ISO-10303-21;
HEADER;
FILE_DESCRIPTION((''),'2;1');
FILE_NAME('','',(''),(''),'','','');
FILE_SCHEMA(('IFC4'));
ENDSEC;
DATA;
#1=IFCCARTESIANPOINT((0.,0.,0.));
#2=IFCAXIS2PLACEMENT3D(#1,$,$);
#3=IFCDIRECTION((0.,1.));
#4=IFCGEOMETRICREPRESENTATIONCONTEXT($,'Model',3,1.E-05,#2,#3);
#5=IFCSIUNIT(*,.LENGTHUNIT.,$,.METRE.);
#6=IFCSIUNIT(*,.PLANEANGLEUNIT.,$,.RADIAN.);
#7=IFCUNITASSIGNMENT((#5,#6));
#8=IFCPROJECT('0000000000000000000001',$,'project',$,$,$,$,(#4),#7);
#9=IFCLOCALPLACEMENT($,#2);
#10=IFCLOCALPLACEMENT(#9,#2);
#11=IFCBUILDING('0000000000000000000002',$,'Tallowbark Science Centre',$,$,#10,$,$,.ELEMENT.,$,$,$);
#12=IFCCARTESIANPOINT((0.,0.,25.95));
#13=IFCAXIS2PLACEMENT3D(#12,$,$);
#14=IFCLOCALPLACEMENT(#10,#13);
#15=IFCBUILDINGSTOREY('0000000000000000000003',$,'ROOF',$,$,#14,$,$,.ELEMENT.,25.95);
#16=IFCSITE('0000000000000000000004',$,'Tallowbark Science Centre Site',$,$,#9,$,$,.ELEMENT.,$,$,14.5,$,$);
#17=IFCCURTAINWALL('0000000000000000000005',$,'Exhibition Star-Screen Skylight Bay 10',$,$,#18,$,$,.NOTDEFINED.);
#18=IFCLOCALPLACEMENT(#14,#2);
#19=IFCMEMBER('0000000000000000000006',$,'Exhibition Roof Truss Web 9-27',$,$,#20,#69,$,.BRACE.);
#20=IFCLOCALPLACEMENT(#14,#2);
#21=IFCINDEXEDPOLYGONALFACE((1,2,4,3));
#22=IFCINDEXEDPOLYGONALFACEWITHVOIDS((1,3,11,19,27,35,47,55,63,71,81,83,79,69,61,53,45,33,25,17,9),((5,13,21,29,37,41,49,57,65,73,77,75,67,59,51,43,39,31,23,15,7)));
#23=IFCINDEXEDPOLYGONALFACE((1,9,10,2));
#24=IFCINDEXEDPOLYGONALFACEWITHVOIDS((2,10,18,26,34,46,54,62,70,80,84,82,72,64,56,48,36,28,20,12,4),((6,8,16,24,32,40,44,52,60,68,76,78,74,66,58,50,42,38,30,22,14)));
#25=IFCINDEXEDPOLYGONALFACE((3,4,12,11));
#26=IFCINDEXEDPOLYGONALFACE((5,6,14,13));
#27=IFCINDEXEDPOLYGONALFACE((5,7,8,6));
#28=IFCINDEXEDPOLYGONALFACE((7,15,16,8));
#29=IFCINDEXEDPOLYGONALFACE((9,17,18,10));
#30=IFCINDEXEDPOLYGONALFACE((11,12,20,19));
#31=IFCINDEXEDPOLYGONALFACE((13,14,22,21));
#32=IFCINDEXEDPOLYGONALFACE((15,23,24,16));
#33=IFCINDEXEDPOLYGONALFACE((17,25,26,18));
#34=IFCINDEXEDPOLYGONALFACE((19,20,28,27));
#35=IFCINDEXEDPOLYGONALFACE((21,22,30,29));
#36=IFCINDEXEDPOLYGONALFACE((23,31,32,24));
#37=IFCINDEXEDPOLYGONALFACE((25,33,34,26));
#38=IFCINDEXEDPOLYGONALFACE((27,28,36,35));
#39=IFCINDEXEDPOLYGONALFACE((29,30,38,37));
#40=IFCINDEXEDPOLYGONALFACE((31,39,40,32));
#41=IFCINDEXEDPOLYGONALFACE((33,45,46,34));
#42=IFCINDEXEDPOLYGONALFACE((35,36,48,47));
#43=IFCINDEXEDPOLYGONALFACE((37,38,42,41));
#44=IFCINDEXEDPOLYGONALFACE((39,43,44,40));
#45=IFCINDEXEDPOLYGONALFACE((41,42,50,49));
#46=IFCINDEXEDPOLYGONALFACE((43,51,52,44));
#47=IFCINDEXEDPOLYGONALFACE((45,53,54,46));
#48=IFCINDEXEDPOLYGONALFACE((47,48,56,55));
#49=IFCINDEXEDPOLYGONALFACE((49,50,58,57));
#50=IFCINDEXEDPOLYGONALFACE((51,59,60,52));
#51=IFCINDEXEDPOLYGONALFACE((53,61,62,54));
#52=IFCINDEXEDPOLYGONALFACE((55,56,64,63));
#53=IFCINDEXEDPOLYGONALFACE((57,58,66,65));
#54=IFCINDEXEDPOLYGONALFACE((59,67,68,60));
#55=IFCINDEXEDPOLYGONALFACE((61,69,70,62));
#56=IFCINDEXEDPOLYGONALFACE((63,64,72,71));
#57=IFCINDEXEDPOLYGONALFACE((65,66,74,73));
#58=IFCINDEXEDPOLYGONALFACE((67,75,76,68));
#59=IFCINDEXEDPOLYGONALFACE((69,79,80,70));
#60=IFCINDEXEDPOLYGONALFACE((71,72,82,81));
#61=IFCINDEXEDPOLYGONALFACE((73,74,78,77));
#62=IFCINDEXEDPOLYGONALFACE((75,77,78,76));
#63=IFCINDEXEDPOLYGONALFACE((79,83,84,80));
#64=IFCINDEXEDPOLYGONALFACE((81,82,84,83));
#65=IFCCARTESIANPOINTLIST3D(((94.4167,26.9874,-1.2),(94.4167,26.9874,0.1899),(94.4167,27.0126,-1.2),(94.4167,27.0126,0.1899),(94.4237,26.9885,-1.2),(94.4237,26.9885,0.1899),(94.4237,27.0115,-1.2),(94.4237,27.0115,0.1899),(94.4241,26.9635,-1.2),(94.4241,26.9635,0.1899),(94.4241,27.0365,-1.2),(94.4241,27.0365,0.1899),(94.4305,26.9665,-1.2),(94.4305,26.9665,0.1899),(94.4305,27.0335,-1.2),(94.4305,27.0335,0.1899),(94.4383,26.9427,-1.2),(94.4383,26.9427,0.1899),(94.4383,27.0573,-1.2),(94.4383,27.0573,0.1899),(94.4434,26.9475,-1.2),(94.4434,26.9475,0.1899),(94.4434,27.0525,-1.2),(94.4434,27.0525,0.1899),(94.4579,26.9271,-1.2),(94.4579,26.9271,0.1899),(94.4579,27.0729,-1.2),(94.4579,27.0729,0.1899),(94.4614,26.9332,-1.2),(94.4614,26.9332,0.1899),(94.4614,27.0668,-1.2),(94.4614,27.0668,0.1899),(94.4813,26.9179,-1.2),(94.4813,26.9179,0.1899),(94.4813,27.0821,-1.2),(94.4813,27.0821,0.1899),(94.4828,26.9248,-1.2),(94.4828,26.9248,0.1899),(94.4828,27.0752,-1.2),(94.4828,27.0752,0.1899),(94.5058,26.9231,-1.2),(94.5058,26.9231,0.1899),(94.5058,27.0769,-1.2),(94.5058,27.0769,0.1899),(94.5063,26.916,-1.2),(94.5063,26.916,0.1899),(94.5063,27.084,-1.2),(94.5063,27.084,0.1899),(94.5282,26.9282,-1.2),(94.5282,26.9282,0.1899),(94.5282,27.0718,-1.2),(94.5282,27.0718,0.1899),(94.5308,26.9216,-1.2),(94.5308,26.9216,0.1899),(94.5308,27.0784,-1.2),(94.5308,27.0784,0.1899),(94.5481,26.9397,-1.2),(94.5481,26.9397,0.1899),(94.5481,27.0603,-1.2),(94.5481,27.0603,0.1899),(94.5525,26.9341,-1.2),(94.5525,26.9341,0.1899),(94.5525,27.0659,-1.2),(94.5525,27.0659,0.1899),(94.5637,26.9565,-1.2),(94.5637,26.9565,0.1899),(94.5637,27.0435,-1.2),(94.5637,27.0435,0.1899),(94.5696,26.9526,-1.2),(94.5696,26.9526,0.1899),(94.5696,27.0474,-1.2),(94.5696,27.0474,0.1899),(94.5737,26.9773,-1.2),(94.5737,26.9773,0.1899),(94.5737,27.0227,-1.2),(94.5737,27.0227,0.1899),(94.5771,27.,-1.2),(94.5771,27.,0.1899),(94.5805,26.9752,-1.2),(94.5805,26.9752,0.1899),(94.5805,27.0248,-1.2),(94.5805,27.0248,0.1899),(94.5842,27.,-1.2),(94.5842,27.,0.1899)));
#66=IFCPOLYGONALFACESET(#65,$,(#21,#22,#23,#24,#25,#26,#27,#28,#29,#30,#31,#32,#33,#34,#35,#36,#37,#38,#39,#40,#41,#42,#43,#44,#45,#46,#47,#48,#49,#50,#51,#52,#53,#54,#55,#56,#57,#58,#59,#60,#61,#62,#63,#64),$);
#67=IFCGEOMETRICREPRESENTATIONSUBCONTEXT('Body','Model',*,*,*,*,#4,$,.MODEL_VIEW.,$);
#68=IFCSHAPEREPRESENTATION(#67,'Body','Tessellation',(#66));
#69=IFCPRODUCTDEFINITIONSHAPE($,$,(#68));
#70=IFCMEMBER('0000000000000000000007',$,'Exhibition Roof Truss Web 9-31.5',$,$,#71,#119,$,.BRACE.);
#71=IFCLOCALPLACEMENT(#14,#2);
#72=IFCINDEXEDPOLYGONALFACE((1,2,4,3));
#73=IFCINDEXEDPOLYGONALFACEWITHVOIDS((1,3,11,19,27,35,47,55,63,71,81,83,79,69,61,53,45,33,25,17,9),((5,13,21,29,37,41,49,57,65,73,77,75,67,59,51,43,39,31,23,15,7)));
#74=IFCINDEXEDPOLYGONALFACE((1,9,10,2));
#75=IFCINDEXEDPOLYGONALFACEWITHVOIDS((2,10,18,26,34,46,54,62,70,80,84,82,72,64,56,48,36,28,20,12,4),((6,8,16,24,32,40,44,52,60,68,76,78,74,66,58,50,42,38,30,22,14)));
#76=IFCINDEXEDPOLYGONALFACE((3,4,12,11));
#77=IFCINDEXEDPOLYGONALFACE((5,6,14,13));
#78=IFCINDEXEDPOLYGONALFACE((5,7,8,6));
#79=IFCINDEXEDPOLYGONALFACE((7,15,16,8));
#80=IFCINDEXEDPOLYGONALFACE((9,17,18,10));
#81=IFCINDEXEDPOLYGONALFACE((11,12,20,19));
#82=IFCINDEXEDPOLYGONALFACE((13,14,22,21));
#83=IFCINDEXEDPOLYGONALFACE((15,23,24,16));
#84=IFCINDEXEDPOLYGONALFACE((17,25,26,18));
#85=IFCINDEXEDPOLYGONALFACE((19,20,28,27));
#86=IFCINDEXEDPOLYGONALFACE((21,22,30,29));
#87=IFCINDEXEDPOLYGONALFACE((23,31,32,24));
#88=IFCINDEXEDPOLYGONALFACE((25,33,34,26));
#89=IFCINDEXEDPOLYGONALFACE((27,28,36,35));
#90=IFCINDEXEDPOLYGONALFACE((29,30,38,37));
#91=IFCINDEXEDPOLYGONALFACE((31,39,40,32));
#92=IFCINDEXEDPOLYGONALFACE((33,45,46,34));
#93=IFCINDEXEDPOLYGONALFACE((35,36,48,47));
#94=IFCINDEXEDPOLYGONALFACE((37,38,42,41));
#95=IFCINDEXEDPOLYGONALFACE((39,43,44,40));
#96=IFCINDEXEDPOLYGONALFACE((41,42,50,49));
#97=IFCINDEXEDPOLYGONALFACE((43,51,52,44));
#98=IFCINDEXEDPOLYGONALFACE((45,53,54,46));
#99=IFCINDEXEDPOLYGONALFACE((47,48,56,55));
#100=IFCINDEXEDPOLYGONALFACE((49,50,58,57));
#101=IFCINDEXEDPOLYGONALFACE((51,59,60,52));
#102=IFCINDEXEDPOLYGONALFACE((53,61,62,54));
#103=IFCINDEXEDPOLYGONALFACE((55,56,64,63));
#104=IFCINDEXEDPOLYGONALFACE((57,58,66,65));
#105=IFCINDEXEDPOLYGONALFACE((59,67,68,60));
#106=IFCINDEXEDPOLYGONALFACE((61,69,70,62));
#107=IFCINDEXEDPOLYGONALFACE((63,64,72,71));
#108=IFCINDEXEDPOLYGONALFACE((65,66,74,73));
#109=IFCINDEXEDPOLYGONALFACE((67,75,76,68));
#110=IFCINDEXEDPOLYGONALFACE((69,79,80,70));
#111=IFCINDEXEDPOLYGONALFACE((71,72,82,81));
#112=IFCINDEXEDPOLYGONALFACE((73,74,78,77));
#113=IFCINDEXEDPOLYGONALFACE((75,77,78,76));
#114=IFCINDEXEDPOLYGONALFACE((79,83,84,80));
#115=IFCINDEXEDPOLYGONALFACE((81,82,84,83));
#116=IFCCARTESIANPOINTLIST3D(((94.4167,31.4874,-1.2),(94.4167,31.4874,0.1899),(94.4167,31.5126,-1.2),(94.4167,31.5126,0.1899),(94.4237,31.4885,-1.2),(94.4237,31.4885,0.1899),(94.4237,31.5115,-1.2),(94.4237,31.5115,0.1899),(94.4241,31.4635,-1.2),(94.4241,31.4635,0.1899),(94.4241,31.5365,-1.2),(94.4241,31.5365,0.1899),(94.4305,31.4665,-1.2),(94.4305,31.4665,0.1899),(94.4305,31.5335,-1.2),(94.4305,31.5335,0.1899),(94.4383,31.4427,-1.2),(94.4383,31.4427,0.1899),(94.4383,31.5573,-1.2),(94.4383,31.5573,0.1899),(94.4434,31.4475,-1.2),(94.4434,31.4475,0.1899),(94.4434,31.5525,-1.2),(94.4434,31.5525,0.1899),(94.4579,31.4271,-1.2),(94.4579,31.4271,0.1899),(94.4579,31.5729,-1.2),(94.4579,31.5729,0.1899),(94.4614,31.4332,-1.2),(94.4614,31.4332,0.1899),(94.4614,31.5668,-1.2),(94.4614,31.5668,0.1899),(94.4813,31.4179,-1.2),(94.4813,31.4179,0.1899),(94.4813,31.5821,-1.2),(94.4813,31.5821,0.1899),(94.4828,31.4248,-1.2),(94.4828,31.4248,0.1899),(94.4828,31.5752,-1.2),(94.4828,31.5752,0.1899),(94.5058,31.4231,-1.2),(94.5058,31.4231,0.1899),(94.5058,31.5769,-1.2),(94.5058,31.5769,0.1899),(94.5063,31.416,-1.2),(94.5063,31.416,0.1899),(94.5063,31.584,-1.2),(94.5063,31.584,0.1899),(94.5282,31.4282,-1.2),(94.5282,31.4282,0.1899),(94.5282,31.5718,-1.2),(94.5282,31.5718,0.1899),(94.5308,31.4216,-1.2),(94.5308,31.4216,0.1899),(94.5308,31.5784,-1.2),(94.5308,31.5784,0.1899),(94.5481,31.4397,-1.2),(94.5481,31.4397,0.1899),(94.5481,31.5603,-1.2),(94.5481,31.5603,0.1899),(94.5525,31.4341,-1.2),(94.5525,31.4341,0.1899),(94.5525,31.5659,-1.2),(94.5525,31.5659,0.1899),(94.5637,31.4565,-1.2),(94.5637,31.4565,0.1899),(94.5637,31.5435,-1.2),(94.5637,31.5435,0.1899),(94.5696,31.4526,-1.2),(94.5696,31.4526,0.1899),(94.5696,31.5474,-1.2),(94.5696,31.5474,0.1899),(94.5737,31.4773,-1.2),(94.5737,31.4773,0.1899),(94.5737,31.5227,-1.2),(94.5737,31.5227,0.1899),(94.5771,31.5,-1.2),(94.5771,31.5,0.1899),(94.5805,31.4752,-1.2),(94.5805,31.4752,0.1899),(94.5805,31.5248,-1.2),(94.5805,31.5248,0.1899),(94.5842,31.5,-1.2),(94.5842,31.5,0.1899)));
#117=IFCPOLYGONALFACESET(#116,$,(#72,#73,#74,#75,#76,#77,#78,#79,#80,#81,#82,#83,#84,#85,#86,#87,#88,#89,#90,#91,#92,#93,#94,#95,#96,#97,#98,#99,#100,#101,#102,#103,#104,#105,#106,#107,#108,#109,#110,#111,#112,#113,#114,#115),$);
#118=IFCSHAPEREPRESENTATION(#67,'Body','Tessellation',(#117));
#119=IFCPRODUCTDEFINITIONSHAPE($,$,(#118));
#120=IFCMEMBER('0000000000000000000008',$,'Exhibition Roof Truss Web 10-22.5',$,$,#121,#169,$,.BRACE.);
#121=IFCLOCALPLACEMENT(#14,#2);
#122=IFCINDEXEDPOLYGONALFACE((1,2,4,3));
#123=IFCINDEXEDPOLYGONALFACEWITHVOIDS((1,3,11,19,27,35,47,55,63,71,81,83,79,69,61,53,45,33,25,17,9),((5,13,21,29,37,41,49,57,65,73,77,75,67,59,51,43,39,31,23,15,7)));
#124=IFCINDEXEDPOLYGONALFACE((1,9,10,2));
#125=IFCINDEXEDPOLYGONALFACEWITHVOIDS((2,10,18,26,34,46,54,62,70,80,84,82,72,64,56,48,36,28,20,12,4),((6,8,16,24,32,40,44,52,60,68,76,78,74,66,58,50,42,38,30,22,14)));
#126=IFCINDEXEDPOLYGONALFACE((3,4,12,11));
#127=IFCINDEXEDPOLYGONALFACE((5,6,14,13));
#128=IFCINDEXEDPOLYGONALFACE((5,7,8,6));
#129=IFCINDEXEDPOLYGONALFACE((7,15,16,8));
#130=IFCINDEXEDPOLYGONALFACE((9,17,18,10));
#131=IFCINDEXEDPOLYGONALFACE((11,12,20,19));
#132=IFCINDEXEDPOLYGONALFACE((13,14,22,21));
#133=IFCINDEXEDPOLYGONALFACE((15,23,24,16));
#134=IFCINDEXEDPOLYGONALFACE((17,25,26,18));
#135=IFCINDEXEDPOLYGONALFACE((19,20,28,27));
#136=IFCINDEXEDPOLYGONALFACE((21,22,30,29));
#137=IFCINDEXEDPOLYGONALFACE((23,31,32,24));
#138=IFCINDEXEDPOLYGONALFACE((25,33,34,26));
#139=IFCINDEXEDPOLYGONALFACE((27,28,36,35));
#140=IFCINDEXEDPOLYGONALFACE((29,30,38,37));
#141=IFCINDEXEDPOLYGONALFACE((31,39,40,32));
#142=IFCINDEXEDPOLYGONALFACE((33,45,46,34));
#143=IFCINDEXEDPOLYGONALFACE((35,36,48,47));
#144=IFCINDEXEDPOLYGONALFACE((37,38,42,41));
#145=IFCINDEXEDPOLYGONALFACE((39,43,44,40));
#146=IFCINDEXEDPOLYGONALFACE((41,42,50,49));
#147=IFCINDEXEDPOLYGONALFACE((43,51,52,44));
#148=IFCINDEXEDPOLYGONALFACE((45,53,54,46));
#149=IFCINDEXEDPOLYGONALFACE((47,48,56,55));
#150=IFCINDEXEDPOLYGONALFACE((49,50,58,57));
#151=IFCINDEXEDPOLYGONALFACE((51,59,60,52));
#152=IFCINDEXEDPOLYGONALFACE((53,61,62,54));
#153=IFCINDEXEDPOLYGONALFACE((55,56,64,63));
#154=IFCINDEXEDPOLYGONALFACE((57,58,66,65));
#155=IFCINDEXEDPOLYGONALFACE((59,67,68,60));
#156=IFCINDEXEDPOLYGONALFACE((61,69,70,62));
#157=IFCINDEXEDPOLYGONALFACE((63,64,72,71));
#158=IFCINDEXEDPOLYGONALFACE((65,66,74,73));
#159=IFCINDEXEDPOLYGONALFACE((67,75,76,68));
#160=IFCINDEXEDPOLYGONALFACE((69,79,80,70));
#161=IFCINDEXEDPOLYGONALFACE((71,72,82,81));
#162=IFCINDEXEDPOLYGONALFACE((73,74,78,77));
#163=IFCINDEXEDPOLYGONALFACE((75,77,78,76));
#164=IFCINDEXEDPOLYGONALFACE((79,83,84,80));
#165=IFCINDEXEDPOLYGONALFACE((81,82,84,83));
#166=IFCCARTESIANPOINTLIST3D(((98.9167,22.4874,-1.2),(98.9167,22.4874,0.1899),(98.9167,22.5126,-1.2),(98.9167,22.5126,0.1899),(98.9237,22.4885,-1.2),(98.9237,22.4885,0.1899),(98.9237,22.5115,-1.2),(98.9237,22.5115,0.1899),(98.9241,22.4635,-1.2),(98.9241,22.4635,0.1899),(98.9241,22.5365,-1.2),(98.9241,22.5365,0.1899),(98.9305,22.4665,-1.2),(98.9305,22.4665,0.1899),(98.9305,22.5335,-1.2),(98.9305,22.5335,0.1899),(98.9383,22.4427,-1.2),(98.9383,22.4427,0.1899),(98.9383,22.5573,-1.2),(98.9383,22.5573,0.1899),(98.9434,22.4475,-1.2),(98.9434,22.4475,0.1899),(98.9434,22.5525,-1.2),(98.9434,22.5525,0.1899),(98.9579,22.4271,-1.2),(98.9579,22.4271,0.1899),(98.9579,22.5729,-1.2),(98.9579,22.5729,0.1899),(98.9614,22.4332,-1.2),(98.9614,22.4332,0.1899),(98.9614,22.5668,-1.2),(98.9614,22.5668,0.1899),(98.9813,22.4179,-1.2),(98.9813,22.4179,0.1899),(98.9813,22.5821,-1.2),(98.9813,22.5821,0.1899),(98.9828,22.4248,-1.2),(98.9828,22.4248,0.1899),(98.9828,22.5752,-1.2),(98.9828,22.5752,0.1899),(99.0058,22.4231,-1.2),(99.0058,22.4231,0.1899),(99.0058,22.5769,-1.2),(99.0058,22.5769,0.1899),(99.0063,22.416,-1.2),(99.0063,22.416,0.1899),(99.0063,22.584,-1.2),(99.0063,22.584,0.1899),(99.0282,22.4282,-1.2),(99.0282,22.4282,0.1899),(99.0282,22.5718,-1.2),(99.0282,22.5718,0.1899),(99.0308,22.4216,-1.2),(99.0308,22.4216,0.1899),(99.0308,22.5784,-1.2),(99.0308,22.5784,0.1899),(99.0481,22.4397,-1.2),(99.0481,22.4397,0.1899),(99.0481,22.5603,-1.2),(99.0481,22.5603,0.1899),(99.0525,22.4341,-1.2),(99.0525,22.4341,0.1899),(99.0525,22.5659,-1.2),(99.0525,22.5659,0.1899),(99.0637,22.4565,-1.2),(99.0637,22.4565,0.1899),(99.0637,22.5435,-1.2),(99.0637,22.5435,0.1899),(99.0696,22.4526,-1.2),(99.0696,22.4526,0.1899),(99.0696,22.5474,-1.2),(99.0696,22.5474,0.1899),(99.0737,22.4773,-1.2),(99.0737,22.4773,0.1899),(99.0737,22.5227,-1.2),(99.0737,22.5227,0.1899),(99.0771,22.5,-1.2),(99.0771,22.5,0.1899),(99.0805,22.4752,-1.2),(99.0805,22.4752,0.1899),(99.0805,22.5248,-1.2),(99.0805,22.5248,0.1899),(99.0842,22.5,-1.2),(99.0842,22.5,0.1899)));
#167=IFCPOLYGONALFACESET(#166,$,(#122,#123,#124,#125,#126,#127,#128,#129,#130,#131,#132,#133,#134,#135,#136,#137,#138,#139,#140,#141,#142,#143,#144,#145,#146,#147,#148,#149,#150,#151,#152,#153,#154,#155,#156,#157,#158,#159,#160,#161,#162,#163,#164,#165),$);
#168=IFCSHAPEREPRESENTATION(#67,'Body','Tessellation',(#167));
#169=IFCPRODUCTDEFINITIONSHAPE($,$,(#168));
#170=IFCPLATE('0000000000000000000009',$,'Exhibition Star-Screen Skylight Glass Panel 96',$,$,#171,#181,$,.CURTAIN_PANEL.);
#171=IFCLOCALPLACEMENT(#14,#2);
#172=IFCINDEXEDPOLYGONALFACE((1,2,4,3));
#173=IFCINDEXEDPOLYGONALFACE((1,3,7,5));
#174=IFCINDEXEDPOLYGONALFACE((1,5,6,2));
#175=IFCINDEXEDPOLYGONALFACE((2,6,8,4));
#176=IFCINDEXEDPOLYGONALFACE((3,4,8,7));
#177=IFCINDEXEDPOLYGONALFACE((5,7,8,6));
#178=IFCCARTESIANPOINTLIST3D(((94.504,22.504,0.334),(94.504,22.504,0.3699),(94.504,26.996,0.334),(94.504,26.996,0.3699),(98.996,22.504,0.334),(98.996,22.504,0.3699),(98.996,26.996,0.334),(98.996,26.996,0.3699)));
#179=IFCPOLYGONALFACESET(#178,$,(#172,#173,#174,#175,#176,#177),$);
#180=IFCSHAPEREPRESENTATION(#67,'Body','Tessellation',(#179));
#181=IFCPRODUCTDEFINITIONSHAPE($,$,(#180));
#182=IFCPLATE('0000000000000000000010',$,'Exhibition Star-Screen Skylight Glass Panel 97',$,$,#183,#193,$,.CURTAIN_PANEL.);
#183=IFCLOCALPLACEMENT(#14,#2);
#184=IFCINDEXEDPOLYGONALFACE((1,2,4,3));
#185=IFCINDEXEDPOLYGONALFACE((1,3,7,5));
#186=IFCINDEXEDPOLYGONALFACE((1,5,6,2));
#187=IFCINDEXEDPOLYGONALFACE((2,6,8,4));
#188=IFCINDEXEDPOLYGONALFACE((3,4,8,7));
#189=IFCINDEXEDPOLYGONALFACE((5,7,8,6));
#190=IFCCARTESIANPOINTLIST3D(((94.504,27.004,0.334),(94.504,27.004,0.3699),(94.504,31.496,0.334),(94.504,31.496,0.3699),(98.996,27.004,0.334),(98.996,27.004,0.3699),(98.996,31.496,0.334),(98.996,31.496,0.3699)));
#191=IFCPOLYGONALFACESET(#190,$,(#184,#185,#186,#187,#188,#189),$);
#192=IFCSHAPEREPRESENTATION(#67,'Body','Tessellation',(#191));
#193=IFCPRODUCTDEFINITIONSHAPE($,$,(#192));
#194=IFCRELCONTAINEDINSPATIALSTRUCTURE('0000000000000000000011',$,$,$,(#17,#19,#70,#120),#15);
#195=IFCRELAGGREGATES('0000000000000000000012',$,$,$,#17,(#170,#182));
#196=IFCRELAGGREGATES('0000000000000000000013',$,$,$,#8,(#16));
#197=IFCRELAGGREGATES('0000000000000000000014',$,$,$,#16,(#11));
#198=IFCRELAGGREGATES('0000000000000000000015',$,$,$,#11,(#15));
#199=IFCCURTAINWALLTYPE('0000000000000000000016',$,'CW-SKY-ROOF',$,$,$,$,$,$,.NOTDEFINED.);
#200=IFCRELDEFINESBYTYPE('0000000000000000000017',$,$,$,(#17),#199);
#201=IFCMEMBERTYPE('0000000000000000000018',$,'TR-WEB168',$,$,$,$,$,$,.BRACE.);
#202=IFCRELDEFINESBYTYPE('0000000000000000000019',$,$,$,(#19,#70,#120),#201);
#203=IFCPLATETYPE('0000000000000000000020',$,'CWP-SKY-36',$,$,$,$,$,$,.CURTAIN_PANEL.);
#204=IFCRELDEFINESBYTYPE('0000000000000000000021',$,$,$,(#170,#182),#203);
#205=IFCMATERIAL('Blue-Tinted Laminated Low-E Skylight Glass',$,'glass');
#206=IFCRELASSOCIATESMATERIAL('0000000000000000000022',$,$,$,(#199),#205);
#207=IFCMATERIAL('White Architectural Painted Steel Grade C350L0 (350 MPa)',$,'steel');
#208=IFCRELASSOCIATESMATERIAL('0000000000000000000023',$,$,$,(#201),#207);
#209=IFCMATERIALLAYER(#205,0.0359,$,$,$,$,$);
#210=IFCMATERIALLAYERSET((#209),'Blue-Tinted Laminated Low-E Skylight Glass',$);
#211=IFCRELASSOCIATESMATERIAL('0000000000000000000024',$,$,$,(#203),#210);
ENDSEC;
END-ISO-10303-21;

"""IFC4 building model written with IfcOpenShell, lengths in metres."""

from ifc_helpers import new_model, si_unit, direction, frame, origin, origin_2d, place, context, subcontext, project, spatial, rectangle, hollow_circle, extrude, material, layer, layer_set, material_profile, profile_set, type_object, element, aggregate, save


model = new_model("IFC4")

# Units and contexts
model_context = context("Model", 3, precision=1e-05, world=origin(), true_north=direction((0.0, 1.0)))
body_context = subcontext(model_context, "Body", "Model", "MODEL_VIEW")
ifc_project = project(units=[si_unit("LENGTHUNIT", "METRE"), si_unit("PLANEANGLEUNIT", "RADIAN")], contexts=[model_context])

# Site, building, storey
site_placement = place(None, origin())
site = spatial("IfcSite", under=ifc_project, at=site_placement, Name="Tallowbark Science Centre Site", CompositionType="ELEMENT", RefElevation=14.5)
building_placement = place(site_placement, origin())
building = spatial("IfcBuilding", under=site, at=building_placement, Name="Tallowbark Science Centre", CompositionType="ELEMENT")
storey_placement = place(building_placement, frame((0.0, 0.0, 25.95)))
storey = spatial("IfcBuildingStorey", under=building, at=storey_placement, Name="ROOF", CompositionType="ELEMENT", Elevation=25.95)

# Curtain wall
ifc_material_1 = material(Name="Blue-Tinted Laminated Low-E Skylight Glass", Category="glass")
curtain_wall_type = type_object("IfcCurtainWallType", Name="CW-SKY-ROOF", PredefinedType="NOTDEFINED", material=ifc_material_1)
curtain_wall_placement = place(storey_placement, origin())
curtain_wall = element("IfcCurtainWall", 1, at=curtain_wall_placement, inside=storey, type_object=curtain_wall_type, Name="Exhibition Star-Screen Skylight Bay 10", PredefinedType="NOTDEFINED")

# Members
ifc_material_2 = material(Name="White Architectural Painted Steel Grade C350L0 (350 MPa)", Category="steel")
ifc_material_profile_1 = material_profile(ifc_material_2, hollow_circle(Radius=0.0842, WallThickness=0.0071, at=origin_2d()), Name="168.3x7.1CHS")
ifc_profile_set_1 = profile_set([ifc_material_profile_1], Name="White Architectural Painted Steel Grade C350L0 (350 MPa)")
member_type_1 = type_object("IfcMemberType", Name="TR-WEB168", PredefinedType="BRACE", material=ifc_profile_set_1)
for number, where, z_axis, x_axis, name in (
    (2, (94.5, 27.0, -1.2), (0.0, 0.0, 1.0), (1.0, 0.0, 0.0), "Exhibition Roof Truss Web 9-27"),
    (3, (94.5, 31.5, -1.2), (0.0, 0.0, 1.0), (1.0, 0.0, 0.0), "Exhibition Roof Truss Web 9-31.5"),
    (4, (99.0, 22.5, -1.2), (0.0, 0.0, 1.0), (1.0, 0.0, 0.0), "Exhibition Roof Truss Web 10-22.5"),
):
    element("IfcMember", number, at=place(storey_placement, frame(where, z_axis=z_axis, x_axis=x_axis)), inside=storey, type_object=member_type_1, Name=name, PredefinedType="BRACE", context=body_context, shape_type="SweptSolid", body=[
        extrude(hollow_circle(Radius=0.0842, WallThickness=0.0071, at=origin_2d()), origin(), (0.0, 0.0, 1.0), 1.3899),
    ])

# Plates
ifc_layer = layer(ifc_material_1, 0.0359)
ifc_layer_set = layer_set([ifc_layer], Name="Blue-Tinted Laminated Low-E Skylight Glass")
plate_type = type_object("IfcPlateType", Name="CWP-SKY-36", PredefinedType="CURTAIN_PANEL", material=ifc_layer_set)
plate_1_placement = place(storey_placement, frame((96.75, 24.75, 0.334), z_axis=(0.0, 0.0, 1.0), x_axis=(1.0, 0.0, 0.0)))
plate_1 = element("IfcPlate", 5, at=plate_1_placement, type_object=plate_type, Name="Exhibition Star-Screen Skylight Glass Panel 96", PredefinedType="CURTAIN_PANEL", context=body_context, shape_type="SweptSolid", body=[
    extrude(rectangle(XDim=4.4919, YDim=4.4919, at=origin_2d()), origin(), (0.0, 0.0, 1.0), 0.0359),
])
plate_2_placement = place(storey_placement, frame((96.75, 29.25, 0.334), z_axis=(0.0, 0.0, 1.0), x_axis=(1.0, 0.0, 0.0)))
plate_2 = element("IfcPlate", 6, at=plate_2_placement, type_object=plate_type, Name="Exhibition Star-Screen Skylight Glass Panel 97", PredefinedType="CURTAIN_PANEL", context=body_context, shape_type="SweptSolid", body=[
    extrude(rectangle(XDim=4.4919, YDim=4.4919, at=origin_2d()), origin(), (0.0, 0.0, 1.0), 0.0359),
])
aggregate(curtain_wall, [plate_1, plate_2])

save(model, "model.ifc")
